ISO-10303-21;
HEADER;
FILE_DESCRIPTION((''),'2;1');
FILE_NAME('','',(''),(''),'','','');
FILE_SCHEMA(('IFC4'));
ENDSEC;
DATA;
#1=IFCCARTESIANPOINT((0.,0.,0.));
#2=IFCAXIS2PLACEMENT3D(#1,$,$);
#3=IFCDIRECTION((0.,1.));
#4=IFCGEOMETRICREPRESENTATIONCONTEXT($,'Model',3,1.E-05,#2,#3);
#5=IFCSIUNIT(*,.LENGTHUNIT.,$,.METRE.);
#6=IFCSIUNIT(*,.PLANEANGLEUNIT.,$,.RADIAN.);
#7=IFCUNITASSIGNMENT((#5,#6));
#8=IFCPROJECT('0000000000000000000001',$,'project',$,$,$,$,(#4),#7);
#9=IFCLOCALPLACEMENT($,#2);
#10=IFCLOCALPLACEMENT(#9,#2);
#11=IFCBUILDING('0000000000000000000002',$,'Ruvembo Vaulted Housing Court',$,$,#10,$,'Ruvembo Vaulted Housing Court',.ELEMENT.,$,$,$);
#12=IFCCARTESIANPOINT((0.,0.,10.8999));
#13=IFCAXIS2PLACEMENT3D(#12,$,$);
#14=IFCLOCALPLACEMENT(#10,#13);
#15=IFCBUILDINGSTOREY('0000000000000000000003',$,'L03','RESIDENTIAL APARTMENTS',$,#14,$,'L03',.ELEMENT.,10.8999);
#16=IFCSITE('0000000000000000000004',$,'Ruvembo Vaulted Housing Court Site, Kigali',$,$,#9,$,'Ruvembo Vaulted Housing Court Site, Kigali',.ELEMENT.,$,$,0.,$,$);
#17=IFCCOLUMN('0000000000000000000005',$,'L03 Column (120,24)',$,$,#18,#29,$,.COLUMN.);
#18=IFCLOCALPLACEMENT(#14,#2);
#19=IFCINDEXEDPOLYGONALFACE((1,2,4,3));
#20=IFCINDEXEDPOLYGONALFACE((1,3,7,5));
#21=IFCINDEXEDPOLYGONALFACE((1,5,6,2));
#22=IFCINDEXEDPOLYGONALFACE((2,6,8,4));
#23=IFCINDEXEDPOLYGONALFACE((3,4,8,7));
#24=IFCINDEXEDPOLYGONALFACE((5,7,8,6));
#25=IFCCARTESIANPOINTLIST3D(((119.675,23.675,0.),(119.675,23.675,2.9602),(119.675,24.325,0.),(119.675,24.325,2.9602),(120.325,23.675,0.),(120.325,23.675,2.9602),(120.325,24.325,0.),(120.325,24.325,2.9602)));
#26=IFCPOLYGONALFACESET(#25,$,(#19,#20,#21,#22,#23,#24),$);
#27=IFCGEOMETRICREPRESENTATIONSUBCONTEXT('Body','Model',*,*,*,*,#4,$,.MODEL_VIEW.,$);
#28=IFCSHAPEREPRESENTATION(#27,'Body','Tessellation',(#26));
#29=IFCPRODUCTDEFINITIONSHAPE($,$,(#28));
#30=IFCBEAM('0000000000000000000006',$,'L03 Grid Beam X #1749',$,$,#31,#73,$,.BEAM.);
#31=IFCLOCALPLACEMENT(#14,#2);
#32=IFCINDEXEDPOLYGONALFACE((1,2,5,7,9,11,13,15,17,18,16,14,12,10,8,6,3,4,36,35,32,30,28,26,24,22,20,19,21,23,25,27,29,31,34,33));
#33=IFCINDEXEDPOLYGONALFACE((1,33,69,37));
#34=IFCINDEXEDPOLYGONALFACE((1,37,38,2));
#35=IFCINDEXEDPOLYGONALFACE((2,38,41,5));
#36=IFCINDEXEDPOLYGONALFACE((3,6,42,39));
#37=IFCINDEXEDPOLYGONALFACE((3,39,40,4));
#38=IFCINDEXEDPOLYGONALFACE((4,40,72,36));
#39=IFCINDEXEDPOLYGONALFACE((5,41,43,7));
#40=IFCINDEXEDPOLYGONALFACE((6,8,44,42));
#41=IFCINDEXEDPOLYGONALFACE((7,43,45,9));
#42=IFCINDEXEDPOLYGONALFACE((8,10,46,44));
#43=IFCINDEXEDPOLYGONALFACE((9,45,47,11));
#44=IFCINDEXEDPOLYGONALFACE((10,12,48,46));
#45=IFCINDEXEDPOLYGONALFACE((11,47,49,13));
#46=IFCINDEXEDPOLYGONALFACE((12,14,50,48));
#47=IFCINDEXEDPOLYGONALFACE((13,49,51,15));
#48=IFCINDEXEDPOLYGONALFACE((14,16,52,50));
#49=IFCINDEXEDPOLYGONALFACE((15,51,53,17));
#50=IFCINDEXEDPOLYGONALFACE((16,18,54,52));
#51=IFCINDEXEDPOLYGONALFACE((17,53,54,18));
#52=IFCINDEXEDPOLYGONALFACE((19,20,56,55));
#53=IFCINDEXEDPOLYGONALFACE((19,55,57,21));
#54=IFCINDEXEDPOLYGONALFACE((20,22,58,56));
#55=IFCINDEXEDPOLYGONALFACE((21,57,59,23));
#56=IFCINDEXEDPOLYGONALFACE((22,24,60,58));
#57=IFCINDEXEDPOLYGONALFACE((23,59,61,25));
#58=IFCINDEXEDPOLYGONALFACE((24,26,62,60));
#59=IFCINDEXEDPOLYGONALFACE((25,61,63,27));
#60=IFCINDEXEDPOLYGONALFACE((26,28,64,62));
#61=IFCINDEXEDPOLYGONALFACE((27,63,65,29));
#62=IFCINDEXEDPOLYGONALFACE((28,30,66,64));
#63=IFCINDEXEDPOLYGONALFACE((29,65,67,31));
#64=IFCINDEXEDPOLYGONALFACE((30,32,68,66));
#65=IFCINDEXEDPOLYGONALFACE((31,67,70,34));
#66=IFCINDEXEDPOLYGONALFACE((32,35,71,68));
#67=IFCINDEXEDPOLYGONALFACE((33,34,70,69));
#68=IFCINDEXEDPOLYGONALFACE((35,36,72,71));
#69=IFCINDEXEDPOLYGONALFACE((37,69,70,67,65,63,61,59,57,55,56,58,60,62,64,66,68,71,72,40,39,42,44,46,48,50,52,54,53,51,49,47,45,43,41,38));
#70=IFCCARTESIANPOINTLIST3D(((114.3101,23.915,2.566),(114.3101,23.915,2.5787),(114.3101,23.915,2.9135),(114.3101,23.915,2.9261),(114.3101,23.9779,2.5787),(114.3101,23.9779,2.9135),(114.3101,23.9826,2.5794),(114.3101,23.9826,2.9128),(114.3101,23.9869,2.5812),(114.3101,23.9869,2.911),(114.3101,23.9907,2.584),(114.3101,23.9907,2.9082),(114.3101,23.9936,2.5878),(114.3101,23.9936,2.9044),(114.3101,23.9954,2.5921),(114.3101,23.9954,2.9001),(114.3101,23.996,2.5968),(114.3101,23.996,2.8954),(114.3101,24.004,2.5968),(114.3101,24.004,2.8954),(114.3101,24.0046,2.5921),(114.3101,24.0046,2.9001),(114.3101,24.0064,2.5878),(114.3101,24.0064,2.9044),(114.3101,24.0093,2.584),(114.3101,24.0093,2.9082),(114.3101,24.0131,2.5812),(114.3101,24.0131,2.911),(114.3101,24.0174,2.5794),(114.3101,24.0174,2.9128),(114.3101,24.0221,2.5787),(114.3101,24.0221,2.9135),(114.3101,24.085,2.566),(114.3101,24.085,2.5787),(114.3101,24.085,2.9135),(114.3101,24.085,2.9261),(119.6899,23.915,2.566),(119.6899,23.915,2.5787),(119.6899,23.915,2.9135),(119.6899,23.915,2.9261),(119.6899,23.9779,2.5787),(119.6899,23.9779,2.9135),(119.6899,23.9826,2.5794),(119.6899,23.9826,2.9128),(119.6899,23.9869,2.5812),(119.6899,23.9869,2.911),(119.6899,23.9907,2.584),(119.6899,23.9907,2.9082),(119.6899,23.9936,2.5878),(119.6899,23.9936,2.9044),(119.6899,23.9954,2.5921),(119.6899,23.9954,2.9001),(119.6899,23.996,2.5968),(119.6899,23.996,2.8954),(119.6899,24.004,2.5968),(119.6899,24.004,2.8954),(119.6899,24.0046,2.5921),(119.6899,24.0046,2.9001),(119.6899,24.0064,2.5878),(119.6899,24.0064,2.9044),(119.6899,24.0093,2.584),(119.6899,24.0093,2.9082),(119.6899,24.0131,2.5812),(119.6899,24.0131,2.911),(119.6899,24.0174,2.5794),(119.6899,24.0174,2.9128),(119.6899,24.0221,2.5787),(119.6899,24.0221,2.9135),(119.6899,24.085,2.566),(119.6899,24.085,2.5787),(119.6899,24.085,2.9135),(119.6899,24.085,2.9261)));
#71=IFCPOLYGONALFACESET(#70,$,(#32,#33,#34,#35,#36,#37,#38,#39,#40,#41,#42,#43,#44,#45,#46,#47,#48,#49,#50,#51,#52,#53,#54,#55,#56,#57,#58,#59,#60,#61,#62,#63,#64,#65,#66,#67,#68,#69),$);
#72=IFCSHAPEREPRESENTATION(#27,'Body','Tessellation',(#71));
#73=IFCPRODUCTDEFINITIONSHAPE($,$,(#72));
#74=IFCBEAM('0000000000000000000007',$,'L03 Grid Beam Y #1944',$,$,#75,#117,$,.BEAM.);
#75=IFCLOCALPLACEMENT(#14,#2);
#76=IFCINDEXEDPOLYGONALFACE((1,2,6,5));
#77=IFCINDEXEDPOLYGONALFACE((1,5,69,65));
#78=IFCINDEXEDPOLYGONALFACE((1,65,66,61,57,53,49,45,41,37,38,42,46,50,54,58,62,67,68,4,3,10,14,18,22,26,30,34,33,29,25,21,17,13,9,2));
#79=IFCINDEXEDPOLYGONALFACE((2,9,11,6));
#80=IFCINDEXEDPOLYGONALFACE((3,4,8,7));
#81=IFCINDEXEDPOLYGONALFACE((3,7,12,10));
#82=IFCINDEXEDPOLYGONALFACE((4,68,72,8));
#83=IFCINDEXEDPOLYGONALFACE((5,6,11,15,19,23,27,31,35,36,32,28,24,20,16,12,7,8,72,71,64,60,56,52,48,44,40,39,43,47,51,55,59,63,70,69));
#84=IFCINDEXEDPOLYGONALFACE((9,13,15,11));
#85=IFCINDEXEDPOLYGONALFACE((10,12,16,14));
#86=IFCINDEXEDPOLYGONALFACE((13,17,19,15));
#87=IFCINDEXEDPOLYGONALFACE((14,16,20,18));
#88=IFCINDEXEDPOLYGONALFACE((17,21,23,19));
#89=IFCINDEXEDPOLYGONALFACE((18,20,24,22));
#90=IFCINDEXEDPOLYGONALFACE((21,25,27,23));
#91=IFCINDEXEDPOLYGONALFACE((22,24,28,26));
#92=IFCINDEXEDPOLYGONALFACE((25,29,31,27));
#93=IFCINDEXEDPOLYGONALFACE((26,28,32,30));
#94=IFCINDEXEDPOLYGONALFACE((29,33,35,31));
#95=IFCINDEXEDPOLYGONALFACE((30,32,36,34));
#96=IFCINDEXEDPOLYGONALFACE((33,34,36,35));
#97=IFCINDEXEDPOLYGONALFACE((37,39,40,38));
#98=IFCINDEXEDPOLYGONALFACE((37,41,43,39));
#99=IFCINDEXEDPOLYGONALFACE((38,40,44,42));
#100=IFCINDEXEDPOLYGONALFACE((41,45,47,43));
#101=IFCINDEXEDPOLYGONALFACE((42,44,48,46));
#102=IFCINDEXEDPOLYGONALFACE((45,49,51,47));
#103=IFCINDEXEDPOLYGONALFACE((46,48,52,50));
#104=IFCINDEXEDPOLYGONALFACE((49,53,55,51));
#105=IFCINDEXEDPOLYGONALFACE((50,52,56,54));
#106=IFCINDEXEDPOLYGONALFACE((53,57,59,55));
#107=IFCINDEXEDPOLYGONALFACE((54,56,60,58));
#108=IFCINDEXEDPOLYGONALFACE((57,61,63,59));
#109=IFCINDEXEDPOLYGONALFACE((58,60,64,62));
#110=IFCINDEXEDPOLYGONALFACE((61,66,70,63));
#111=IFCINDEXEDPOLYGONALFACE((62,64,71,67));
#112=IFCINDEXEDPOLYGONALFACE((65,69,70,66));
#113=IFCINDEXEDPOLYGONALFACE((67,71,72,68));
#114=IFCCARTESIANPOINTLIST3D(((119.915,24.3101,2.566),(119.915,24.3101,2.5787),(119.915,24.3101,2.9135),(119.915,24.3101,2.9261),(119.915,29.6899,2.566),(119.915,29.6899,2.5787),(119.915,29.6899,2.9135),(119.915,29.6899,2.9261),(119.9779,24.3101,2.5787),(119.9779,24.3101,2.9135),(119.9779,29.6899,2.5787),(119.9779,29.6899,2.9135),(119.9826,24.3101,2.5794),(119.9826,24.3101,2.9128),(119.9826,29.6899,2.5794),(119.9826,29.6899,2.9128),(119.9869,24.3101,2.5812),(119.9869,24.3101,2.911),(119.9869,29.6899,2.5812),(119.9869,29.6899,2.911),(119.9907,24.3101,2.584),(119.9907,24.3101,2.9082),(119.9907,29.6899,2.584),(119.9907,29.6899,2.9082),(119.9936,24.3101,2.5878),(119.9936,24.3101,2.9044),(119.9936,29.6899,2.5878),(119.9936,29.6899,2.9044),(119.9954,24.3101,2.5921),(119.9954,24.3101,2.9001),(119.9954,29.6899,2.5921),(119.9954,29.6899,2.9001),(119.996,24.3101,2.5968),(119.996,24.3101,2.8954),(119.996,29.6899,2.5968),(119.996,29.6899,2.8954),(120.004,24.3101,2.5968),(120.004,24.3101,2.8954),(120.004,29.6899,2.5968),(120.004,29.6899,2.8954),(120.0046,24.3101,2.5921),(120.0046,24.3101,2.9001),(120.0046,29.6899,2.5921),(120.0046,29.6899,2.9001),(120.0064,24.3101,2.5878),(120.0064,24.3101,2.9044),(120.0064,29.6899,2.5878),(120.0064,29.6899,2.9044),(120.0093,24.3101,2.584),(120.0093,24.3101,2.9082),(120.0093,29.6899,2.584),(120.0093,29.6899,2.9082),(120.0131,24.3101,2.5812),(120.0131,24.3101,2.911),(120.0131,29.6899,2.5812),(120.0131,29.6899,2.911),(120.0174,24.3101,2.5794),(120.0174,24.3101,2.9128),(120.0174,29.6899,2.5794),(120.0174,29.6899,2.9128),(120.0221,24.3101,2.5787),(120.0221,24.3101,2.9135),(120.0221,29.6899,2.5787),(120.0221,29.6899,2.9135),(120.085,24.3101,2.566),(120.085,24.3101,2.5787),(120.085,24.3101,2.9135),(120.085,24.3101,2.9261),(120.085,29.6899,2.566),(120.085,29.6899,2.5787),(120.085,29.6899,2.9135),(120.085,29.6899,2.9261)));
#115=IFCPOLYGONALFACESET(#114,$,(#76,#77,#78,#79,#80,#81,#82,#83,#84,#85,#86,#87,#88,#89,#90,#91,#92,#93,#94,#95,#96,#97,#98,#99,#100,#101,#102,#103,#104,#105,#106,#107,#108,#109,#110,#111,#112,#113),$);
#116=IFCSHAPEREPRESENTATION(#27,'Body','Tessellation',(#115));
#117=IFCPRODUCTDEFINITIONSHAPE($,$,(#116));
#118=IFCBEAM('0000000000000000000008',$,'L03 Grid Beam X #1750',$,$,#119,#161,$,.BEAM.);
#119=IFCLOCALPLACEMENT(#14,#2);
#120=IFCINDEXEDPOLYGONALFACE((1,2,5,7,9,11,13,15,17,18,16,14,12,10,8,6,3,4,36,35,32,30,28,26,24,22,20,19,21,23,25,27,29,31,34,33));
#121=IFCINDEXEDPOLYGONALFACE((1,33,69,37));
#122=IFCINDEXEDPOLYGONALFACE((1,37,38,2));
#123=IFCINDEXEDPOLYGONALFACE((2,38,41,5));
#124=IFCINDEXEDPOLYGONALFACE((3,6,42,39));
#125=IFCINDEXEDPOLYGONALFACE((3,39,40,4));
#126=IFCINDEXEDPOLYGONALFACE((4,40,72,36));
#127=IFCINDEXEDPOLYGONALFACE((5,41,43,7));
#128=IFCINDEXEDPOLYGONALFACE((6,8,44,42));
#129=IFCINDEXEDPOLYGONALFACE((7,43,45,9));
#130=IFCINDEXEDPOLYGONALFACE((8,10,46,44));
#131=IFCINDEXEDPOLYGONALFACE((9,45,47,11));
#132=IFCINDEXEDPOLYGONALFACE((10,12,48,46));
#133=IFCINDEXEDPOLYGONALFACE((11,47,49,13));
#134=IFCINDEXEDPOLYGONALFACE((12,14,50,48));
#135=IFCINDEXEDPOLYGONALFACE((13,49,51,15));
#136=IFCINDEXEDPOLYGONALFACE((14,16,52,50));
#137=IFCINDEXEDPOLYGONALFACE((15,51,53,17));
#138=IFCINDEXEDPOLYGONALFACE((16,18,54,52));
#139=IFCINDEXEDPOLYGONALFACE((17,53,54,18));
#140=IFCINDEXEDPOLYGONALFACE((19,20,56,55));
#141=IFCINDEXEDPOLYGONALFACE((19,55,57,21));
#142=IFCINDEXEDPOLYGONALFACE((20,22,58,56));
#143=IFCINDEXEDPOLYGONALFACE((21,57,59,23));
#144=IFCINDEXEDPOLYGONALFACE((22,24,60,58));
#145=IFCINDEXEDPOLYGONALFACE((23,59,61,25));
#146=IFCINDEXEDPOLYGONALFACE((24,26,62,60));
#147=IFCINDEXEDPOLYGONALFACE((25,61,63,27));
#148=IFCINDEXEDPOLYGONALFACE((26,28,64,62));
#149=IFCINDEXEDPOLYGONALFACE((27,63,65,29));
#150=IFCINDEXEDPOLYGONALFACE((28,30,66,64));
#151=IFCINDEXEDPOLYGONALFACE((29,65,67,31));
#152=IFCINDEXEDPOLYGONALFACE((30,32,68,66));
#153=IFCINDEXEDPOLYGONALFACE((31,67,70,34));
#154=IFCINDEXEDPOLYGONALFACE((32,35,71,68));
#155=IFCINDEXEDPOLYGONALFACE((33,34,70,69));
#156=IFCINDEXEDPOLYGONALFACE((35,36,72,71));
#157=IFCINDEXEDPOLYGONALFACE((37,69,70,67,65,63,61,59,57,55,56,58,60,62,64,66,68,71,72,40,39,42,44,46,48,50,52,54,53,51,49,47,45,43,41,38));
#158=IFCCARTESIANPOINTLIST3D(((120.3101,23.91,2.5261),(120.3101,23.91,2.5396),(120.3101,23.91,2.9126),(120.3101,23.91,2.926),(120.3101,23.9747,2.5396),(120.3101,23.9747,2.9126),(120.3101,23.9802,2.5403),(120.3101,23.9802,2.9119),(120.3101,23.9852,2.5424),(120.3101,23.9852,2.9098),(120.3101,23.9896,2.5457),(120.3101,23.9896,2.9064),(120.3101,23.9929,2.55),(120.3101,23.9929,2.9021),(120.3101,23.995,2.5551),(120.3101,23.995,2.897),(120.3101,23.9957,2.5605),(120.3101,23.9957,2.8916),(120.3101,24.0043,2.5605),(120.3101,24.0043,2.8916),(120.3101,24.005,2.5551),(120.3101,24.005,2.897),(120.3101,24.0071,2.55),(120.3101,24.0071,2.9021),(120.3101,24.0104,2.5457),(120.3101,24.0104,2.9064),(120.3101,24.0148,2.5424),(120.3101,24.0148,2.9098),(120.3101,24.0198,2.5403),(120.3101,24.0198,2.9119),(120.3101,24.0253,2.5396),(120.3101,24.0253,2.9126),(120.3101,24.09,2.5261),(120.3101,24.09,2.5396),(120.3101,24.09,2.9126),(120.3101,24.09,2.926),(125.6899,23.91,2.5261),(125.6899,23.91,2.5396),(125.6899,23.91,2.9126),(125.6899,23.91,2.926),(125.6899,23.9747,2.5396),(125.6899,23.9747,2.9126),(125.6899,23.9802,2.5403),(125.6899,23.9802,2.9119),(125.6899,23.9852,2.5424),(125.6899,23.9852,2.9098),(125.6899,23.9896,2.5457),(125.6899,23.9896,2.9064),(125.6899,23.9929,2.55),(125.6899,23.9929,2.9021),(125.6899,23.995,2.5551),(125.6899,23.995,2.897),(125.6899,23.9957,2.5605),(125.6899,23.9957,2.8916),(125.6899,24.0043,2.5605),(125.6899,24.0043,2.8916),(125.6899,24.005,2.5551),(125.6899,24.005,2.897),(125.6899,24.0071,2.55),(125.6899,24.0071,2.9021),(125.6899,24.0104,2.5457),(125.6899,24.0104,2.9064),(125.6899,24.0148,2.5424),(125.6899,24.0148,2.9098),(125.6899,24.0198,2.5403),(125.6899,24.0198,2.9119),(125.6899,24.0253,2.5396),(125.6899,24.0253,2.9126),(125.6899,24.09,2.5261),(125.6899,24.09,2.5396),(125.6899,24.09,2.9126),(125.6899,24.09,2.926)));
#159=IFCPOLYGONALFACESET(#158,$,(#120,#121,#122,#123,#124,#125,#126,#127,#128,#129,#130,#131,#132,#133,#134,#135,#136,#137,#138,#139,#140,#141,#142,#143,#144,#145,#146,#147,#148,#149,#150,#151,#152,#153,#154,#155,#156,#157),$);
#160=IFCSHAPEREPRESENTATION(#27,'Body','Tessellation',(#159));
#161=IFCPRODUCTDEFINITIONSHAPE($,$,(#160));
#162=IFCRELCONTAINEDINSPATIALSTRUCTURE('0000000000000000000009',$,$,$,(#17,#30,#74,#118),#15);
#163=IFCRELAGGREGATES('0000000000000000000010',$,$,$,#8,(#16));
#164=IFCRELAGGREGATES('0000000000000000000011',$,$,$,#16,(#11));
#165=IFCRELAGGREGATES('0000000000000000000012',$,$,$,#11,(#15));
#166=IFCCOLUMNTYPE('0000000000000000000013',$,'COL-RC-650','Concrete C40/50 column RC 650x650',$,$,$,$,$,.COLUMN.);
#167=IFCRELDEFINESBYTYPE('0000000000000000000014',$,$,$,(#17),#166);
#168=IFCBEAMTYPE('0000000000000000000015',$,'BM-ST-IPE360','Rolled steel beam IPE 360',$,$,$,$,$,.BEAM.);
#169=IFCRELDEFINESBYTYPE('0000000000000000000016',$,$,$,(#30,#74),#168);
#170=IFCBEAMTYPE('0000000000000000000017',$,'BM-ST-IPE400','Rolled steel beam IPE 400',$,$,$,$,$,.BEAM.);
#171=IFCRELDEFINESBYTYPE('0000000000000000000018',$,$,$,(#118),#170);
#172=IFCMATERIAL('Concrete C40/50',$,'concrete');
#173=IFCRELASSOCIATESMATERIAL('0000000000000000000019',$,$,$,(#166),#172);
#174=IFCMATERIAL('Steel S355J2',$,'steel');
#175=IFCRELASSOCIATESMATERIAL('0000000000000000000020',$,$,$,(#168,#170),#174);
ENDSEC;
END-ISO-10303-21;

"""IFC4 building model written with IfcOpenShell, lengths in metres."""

from ifc_helpers import new_model, si_unit, direction, frame, origin, origin_2d, place, context, subcontext, project, spatial, rectangle, i_section, extrude, material, material_profile, profile_set, type_object, element, save


model = new_model("IFC4")

# Units and contexts
model_context = context("Model", 3, precision=1e-05, world=origin(), true_north=direction((0.0, 1.0)))
body_context = subcontext(model_context, "Body", "Model", "MODEL_VIEW")
ifc_project = project(units=[si_unit("LENGTHUNIT", "METRE"), si_unit("PLANEANGLEUNIT", "RADIAN")], contexts=[model_context])

# Site, building, storey
site_placement = place(None, origin())
site = spatial("IfcSite", under=ifc_project, at=site_placement, Name="Ruvembo Vaulted Housing Court Site, Kigali", LongName="Ruvembo Vaulted Housing Court Site, Kigali", CompositionType="ELEMENT", RefElevation=0.0)
building_placement = place(site_placement, origin())
building = spatial("IfcBuilding", under=site, at=building_placement, Name="Ruvembo Vaulted Housing Court", LongName="Ruvembo Vaulted Housing Court", CompositionType="ELEMENT")
storey_placement = place(building_placement, frame((0.0, 0.0, 10.8999)))
storey = spatial("IfcBuildingStorey", under=building, at=storey_placement, Name="L03", Description="RESIDENTIAL APARTMENTS", LongName="L03", CompositionType="ELEMENT", Elevation=10.8999)

# Column
ifc_material_1 = material(Name="Concrete C40/50", Category="concrete")
ifc_material_profile_1 = material_profile(ifc_material_1, rectangle(XDim=0.6499, YDim=0.6499, at=origin_2d()), Name="RC 650x650")
ifc_profile_set_1 = profile_set([ifc_material_profile_1], Name="Concrete C40/50")
column_type = type_object("IfcColumnType", Name="COL-RC-650", Description="Concrete C40/50 column RC 650x650", PredefinedType="COLUMN", material=ifc_profile_set_1)
column_placement = place(storey_placement, frame((120.0, 24.0, 0.0), z_axis=(0.0, 0.0, 1.0), x_axis=(1.0, 0.0, 0.0)))
element("IfcColumn", 1, at=column_placement, inside=storey, type_object=column_type, Name="L03 Column (120,24)", PredefinedType="COLUMN", context=body_context, shape_type="SweptSolid", body=[
    extrude(rectangle(XDim=0.6499, YDim=0.6499, at=origin_2d()), origin(), (0.0, 0.0, 1.0), 2.9602),
])

# Beams
ifc_material_2 = material(Name="Steel S355J2", Category="steel")
ifc_material_profile_2 = material_profile(ifc_material_2, i_section(OverallWidth=0.1699, OverallDepth=0.3601, WebThickness=0.0081, FlangeThickness=0.0127, FilletRadius=0.0181, at=origin_2d()), Name="IPE 360")
ifc_profile_set_2 = profile_set([ifc_material_profile_2], Name="Steel S355J2")
beam_type_1 = type_object("IfcBeamType", Name="BM-ST-IPE360", Description="Rolled steel beam IPE 360", PredefinedType="BEAM", material=ifc_profile_set_2)
for number, where, z_axis, x_axis, name in (
    (2, (114.3101, 24.0, 2.7461), (1.0, 0.0, 0.0), (0.0, 1.0, 0.0), "L03 Grid Beam X #1749"),
    (3, (120.0, 24.3101, 2.7461), (0.0, 1.0, 0.0), (-1.0, 0.0, 0.0), "L03 Grid Beam Y #1944"),
):
    element("IfcBeam", number, at=place(storey_placement, frame(where, z_axis=z_axis, x_axis=x_axis)), inside=storey, type_object=beam_type_1, Name=name, PredefinedType="BEAM", context=body_context, shape_type="SweptSolid", body=[
        extrude(i_section(OverallWidth=0.1699, OverallDepth=0.3601, WebThickness=0.0081, FlangeThickness=0.0127, FilletRadius=0.0181, at=origin_2d()), origin(), (0.0, 0.0, 1.0), 5.3799),
    ])
ifc_material_profile_3 = material_profile(ifc_material_2, i_section(OverallWidth=0.1799, OverallDepth=0.3999, WebThickness=0.0085, FlangeThickness=0.0134, FilletRadius=0.021, at=origin_2d()), Name="IPE 400")
ifc_profile_set_3 = profile_set([ifc_material_profile_3], Name="Steel S355J2")
beam_type_2 = type_object("IfcBeamType", Name="BM-ST-IPE400", Description="Rolled steel beam IPE 400", PredefinedType="BEAM", material=ifc_profile_set_3)
beam_1_placement = place(storey_placement, frame((120.3101, 24.0, 2.7261), z_axis=(1.0, 0.0, 0.0), x_axis=(0.0, 1.0, 0.0)))
element("IfcBeam", 4, at=beam_1_placement, inside=storey, type_object=beam_type_2, Name="L03 Grid Beam X #1750", PredefinedType="BEAM", context=body_context, shape_type="SweptSolid", body=[
    extrude(i_section(OverallWidth=0.1799, OverallDepth=0.3999, WebThickness=0.0085, FlangeThickness=0.0134, FilletRadius=0.021, at=origin_2d()), origin(), (0.0, 0.0, 1.0), 5.3799),
])

save(model, "model.ifc")
